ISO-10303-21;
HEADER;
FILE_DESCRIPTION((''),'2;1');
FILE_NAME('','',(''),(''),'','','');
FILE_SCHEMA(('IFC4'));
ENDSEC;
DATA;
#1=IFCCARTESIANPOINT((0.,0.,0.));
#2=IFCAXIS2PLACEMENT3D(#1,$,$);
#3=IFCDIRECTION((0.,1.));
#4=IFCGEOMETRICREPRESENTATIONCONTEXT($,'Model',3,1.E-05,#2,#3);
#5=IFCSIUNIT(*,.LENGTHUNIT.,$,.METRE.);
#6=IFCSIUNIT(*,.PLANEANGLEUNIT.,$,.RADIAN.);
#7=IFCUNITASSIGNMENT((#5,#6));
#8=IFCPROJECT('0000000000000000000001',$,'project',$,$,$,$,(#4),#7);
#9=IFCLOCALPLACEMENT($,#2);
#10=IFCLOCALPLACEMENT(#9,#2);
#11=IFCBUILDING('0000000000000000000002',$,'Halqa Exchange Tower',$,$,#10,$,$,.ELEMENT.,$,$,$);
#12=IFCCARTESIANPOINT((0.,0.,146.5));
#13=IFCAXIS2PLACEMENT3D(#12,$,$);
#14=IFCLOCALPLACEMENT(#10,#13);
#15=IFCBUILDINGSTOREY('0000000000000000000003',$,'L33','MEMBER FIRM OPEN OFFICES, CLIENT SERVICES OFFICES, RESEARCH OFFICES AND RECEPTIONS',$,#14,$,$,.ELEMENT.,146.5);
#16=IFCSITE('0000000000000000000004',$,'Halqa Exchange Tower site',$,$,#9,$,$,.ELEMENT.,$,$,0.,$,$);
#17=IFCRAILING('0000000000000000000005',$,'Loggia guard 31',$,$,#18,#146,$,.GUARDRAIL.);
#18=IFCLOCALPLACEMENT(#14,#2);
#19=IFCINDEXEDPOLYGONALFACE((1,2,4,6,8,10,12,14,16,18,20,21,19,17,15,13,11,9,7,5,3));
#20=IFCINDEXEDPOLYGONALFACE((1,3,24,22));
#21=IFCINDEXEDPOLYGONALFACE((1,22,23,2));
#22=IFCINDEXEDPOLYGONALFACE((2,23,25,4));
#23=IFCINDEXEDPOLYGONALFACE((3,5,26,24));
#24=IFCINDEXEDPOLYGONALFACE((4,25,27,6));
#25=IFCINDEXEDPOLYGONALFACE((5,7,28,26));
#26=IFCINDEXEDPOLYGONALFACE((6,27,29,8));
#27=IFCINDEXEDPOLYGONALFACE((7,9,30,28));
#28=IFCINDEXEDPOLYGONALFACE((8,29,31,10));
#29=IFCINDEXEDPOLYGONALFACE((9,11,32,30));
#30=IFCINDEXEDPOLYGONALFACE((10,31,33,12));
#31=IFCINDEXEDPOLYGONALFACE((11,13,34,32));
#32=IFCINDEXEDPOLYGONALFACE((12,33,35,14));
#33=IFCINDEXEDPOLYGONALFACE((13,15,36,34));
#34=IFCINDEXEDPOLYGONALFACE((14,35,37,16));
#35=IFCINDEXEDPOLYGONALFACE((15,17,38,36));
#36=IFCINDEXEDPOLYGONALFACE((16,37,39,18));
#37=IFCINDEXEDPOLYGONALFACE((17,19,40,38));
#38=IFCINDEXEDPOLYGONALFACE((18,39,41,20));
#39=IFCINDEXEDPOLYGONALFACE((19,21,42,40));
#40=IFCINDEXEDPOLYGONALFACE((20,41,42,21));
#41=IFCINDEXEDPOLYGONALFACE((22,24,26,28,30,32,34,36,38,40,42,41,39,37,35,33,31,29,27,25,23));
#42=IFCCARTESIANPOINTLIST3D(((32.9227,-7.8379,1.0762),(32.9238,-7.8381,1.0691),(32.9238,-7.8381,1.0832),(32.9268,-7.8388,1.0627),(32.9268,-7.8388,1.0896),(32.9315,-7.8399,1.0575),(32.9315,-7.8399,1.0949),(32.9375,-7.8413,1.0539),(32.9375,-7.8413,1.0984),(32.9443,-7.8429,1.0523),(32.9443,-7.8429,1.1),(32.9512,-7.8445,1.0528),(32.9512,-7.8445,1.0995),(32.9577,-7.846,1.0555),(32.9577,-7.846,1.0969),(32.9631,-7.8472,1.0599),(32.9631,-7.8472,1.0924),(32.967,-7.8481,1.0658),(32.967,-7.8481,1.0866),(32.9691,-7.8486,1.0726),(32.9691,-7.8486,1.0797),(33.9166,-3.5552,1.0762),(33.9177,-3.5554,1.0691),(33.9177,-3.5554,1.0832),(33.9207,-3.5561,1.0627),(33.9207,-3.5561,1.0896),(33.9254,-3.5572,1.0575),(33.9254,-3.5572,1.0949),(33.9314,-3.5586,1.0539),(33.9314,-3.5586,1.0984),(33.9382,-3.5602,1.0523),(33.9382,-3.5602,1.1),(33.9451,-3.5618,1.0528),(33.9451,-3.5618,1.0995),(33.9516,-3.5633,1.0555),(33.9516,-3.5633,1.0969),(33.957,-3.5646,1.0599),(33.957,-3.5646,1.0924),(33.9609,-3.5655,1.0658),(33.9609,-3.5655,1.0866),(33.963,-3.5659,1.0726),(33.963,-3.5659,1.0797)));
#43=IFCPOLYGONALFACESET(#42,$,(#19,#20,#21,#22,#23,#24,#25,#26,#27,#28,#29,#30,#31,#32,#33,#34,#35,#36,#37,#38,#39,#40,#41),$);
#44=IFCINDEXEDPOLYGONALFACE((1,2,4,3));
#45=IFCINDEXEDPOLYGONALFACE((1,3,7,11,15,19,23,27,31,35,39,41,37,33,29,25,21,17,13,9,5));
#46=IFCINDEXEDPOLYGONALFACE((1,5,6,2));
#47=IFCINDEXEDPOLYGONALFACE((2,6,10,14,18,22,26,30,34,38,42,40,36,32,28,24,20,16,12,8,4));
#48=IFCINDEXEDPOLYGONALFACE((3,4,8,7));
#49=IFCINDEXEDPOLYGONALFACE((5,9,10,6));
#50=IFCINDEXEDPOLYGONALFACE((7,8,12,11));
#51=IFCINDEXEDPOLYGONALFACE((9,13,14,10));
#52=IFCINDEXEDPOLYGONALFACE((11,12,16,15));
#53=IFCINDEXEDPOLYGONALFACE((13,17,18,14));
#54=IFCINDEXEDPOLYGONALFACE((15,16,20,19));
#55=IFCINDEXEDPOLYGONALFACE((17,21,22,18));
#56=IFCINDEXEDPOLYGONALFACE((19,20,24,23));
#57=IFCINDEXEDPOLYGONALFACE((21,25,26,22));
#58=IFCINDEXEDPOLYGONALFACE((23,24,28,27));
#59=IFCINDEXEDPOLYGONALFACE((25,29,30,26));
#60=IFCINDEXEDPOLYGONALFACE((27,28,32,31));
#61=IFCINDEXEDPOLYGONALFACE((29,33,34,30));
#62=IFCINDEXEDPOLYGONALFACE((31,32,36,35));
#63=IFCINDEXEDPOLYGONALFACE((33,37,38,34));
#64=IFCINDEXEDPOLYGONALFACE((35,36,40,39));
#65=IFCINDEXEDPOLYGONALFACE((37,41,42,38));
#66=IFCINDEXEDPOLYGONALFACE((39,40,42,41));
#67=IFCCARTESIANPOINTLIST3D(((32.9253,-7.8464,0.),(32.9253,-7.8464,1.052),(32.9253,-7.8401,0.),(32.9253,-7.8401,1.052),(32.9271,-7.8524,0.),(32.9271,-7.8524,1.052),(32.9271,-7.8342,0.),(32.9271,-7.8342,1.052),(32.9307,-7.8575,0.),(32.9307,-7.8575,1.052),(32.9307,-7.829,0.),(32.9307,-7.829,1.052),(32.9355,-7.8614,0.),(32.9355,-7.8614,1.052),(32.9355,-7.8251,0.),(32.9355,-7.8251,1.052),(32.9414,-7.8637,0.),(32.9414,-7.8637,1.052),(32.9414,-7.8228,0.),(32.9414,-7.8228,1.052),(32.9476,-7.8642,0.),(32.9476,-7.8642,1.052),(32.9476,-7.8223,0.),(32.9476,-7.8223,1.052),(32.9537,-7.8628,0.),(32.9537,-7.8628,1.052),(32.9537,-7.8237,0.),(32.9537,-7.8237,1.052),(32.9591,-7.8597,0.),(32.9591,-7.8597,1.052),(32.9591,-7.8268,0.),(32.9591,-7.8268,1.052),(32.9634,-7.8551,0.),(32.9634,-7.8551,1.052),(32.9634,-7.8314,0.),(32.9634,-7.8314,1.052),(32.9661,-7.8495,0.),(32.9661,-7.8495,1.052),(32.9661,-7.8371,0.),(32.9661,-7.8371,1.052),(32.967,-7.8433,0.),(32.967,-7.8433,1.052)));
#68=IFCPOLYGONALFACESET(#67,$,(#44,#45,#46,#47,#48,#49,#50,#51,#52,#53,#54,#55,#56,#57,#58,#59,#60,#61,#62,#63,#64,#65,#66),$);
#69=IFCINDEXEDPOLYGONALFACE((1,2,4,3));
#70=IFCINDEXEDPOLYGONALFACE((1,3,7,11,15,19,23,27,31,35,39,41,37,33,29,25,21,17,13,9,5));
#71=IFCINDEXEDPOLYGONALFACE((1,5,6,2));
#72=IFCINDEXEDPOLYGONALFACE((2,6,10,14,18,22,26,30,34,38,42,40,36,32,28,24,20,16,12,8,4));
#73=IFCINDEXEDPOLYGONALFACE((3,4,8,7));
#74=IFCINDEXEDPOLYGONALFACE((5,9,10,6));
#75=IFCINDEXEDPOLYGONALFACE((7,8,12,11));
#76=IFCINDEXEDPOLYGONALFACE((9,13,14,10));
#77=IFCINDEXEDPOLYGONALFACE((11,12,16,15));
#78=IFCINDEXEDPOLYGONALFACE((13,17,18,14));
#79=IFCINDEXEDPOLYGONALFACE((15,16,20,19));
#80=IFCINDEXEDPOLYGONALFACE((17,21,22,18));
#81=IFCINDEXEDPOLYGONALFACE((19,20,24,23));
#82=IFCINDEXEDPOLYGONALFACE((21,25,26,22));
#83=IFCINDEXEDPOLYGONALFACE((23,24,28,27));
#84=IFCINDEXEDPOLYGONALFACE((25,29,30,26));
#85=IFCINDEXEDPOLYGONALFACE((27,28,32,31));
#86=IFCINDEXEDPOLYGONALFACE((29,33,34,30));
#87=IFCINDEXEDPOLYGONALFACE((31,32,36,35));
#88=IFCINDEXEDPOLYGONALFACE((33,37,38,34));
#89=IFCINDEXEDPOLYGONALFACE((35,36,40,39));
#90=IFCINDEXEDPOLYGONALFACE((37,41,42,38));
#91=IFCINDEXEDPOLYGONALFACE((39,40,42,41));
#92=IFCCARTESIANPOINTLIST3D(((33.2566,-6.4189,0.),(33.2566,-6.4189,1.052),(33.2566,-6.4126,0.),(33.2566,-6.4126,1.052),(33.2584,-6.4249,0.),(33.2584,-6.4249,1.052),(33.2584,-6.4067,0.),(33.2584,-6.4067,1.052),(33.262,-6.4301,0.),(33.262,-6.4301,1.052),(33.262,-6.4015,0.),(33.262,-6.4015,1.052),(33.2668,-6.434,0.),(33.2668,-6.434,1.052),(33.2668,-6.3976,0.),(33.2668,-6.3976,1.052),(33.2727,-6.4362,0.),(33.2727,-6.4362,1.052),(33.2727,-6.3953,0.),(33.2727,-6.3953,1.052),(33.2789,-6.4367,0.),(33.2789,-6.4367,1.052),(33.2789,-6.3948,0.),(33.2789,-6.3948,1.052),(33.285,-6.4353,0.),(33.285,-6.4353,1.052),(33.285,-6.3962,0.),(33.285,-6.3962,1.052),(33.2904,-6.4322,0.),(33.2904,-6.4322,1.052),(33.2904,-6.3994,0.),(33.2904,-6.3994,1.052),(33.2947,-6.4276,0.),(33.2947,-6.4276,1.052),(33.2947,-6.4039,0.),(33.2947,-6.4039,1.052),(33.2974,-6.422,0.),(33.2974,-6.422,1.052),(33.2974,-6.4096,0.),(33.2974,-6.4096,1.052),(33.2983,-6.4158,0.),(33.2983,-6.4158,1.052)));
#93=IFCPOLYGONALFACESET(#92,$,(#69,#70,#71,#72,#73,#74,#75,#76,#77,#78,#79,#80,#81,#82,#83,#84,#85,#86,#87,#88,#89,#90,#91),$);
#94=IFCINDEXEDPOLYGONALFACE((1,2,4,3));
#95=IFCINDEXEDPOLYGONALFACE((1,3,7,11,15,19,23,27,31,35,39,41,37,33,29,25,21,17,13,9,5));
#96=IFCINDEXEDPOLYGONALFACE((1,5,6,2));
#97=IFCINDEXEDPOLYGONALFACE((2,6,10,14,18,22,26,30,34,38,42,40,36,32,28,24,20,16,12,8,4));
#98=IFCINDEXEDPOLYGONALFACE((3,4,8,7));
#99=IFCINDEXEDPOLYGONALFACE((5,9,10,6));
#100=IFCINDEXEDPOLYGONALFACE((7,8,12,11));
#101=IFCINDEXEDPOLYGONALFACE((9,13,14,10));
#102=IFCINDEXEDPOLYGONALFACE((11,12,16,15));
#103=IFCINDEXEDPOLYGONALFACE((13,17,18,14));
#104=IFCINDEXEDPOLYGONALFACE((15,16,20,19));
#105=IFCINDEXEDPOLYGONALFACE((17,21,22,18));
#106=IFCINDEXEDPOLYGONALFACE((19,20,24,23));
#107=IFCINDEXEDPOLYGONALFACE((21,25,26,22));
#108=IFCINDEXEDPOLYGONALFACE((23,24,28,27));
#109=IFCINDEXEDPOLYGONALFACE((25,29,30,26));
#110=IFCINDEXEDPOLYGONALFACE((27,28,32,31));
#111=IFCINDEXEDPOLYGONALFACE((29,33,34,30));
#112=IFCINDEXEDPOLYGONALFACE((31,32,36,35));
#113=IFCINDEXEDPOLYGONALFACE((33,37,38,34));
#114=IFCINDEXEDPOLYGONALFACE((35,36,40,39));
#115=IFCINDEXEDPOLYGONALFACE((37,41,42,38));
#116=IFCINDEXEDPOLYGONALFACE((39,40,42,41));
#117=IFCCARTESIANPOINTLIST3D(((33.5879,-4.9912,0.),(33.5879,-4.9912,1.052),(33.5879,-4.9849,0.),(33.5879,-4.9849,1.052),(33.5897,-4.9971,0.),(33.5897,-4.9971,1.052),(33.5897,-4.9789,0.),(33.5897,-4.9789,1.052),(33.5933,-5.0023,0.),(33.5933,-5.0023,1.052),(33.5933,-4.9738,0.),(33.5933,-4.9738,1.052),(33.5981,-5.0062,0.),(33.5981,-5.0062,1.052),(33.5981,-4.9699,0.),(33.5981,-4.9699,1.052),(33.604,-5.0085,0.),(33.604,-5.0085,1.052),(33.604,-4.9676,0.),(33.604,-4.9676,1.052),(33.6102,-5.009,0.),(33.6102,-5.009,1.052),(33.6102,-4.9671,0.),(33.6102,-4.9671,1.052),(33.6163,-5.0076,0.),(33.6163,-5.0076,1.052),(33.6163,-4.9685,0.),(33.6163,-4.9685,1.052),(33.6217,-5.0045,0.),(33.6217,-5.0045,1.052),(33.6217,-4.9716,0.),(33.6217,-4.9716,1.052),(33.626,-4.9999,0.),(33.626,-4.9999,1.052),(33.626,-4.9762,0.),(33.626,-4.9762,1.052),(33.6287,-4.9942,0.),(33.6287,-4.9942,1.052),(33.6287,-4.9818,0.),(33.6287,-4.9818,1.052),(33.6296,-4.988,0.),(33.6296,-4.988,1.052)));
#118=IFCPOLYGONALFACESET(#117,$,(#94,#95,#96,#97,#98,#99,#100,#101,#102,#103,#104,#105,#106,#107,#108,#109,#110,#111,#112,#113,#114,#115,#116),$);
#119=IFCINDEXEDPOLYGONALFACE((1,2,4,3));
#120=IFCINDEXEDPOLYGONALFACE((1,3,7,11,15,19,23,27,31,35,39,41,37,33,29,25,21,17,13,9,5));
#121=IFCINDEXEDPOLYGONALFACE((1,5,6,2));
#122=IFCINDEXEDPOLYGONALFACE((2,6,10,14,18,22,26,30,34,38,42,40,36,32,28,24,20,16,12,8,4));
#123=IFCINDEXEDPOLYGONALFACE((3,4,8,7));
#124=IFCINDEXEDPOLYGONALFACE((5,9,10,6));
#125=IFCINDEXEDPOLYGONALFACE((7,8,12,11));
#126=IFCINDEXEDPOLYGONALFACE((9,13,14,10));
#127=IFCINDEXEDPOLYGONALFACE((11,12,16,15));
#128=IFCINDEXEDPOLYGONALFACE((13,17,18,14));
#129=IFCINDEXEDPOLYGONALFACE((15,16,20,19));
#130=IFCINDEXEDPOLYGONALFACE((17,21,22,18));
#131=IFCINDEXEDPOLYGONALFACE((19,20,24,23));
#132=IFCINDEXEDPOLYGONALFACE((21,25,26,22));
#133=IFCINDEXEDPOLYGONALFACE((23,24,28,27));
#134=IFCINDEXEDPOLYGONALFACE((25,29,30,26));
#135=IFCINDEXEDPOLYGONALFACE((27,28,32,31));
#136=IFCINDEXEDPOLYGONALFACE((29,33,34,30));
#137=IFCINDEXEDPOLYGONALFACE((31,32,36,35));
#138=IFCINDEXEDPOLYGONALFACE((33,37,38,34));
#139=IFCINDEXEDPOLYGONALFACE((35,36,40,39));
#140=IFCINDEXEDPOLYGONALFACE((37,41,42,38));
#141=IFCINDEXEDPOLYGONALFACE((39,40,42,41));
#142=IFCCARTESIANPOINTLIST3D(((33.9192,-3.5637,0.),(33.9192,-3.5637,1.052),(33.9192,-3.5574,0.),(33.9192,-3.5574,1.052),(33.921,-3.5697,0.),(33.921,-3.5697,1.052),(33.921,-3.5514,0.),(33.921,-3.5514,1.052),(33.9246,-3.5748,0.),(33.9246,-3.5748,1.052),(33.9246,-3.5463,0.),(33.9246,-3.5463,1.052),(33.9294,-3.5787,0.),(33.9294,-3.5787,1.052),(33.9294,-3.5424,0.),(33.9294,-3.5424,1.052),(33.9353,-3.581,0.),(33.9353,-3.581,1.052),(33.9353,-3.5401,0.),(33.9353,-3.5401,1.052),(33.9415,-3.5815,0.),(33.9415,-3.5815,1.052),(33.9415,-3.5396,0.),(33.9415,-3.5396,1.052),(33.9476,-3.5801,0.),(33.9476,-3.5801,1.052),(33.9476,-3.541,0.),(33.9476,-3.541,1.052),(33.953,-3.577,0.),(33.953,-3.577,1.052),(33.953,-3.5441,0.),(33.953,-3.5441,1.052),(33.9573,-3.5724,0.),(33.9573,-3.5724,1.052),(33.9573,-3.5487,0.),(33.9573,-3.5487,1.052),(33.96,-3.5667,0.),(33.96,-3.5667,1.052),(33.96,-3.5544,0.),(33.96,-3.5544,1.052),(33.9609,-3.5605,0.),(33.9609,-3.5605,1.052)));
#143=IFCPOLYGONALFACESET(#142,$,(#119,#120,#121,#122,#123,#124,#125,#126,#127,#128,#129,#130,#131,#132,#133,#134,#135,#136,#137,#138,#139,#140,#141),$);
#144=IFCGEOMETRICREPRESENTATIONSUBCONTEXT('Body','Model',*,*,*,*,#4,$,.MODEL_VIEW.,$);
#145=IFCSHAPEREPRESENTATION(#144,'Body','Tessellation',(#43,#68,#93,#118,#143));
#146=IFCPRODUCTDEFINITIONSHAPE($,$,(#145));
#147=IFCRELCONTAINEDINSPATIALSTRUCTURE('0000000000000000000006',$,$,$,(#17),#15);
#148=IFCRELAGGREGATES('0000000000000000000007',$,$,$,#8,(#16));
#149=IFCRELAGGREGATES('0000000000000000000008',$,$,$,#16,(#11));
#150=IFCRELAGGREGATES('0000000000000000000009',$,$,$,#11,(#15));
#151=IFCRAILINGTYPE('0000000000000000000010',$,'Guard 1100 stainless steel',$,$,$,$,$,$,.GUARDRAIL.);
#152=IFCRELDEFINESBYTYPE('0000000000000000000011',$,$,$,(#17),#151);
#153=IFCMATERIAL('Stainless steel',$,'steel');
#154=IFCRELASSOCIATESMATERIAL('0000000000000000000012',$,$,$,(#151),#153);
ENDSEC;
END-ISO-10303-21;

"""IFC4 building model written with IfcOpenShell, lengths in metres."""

from ifc_helpers import new_model, si_unit, direction, frame, origin, origin_2d, place, context, subcontext, project, spatial, circle, extrude, material, type_object, element, save


model = new_model("IFC4")

# Units and contexts
model_context = context("Model", 3, precision=1e-05, world=origin(), true_north=direction((0.0, 1.0)))
body_context = subcontext(model_context, "Body", "Model", "MODEL_VIEW")
ifc_project = project(units=[si_unit("LENGTHUNIT", "METRE"), si_unit("PLANEANGLEUNIT", "RADIAN")], contexts=[model_context])

# Site, building, storey
site_placement = place(None, origin())
site = spatial("IfcSite", under=ifc_project, at=site_placement, Name="Halqa Exchange Tower site", CompositionType="ELEMENT", RefElevation=0.0)
building_placement = place(site_placement, origin())
building = spatial("IfcBuilding", under=site, at=building_placement, Name="Halqa Exchange Tower", CompositionType="ELEMENT")
storey_placement = place(building_placement, frame((0.0, 0.0, 146.5)))
storey = spatial("IfcBuildingStorey", under=building, at=storey_placement, Name="L33", Description="MEMBER FIRM OPEN OFFICES, CLIENT SERVICES OFFICES, RESEARCH OFFICES AND RECEPTIONS", CompositionType="ELEMENT", Elevation=146.5)

# Railing
ifc_material_1 = material(Name="Stainless steel", Category="steel")
railing_type = type_object("IfcRailingType", Name="Guard 1100 stainless steel", PredefinedType="GUARDRAIL", material=ifc_material_1)
railing_1_placement = place(storey_placement, frame((32.946, -7.8433, 0.0)))
element("IfcRailing", 1, at=railing_1_placement, inside=storey, type_object=railing_type, Name="Loggia guard 31", PredefinedType="GUARDRAIL", context=body_context, shape_type="SweptSolid", body=[
    extrude(circle(Radius=0.0239, at=origin_2d()), frame((0.0, 0.0, 1.0762), z_axis=(0.226064, 0.974112, 0.0), x_axis=(-0.974112, 0.226064, 0.0)), (0.0, 0.0, 1.0), 4.3965),
    extrude(circle(Radius=0.021, at=origin_2d()), origin(), (0.0, 0.0, 1.0), 1.052),
    extrude(circle(Radius=0.021, at=origin_2d()), frame((0.3313, 1.4275, 0.0)), (0.0, 0.0, 1.0), 1.052),
    extrude(circle(Radius=0.021, at=origin_2d()), frame((0.6626, 2.8552, 0.0)), (0.0, 0.0, 1.0), 1.052),
    extrude(circle(Radius=0.021, at=origin_2d()), frame((0.9939, 4.2827, 0.0)), (0.0, 0.0, 1.0), 1.052),
])

save(model, "model.ifc")
